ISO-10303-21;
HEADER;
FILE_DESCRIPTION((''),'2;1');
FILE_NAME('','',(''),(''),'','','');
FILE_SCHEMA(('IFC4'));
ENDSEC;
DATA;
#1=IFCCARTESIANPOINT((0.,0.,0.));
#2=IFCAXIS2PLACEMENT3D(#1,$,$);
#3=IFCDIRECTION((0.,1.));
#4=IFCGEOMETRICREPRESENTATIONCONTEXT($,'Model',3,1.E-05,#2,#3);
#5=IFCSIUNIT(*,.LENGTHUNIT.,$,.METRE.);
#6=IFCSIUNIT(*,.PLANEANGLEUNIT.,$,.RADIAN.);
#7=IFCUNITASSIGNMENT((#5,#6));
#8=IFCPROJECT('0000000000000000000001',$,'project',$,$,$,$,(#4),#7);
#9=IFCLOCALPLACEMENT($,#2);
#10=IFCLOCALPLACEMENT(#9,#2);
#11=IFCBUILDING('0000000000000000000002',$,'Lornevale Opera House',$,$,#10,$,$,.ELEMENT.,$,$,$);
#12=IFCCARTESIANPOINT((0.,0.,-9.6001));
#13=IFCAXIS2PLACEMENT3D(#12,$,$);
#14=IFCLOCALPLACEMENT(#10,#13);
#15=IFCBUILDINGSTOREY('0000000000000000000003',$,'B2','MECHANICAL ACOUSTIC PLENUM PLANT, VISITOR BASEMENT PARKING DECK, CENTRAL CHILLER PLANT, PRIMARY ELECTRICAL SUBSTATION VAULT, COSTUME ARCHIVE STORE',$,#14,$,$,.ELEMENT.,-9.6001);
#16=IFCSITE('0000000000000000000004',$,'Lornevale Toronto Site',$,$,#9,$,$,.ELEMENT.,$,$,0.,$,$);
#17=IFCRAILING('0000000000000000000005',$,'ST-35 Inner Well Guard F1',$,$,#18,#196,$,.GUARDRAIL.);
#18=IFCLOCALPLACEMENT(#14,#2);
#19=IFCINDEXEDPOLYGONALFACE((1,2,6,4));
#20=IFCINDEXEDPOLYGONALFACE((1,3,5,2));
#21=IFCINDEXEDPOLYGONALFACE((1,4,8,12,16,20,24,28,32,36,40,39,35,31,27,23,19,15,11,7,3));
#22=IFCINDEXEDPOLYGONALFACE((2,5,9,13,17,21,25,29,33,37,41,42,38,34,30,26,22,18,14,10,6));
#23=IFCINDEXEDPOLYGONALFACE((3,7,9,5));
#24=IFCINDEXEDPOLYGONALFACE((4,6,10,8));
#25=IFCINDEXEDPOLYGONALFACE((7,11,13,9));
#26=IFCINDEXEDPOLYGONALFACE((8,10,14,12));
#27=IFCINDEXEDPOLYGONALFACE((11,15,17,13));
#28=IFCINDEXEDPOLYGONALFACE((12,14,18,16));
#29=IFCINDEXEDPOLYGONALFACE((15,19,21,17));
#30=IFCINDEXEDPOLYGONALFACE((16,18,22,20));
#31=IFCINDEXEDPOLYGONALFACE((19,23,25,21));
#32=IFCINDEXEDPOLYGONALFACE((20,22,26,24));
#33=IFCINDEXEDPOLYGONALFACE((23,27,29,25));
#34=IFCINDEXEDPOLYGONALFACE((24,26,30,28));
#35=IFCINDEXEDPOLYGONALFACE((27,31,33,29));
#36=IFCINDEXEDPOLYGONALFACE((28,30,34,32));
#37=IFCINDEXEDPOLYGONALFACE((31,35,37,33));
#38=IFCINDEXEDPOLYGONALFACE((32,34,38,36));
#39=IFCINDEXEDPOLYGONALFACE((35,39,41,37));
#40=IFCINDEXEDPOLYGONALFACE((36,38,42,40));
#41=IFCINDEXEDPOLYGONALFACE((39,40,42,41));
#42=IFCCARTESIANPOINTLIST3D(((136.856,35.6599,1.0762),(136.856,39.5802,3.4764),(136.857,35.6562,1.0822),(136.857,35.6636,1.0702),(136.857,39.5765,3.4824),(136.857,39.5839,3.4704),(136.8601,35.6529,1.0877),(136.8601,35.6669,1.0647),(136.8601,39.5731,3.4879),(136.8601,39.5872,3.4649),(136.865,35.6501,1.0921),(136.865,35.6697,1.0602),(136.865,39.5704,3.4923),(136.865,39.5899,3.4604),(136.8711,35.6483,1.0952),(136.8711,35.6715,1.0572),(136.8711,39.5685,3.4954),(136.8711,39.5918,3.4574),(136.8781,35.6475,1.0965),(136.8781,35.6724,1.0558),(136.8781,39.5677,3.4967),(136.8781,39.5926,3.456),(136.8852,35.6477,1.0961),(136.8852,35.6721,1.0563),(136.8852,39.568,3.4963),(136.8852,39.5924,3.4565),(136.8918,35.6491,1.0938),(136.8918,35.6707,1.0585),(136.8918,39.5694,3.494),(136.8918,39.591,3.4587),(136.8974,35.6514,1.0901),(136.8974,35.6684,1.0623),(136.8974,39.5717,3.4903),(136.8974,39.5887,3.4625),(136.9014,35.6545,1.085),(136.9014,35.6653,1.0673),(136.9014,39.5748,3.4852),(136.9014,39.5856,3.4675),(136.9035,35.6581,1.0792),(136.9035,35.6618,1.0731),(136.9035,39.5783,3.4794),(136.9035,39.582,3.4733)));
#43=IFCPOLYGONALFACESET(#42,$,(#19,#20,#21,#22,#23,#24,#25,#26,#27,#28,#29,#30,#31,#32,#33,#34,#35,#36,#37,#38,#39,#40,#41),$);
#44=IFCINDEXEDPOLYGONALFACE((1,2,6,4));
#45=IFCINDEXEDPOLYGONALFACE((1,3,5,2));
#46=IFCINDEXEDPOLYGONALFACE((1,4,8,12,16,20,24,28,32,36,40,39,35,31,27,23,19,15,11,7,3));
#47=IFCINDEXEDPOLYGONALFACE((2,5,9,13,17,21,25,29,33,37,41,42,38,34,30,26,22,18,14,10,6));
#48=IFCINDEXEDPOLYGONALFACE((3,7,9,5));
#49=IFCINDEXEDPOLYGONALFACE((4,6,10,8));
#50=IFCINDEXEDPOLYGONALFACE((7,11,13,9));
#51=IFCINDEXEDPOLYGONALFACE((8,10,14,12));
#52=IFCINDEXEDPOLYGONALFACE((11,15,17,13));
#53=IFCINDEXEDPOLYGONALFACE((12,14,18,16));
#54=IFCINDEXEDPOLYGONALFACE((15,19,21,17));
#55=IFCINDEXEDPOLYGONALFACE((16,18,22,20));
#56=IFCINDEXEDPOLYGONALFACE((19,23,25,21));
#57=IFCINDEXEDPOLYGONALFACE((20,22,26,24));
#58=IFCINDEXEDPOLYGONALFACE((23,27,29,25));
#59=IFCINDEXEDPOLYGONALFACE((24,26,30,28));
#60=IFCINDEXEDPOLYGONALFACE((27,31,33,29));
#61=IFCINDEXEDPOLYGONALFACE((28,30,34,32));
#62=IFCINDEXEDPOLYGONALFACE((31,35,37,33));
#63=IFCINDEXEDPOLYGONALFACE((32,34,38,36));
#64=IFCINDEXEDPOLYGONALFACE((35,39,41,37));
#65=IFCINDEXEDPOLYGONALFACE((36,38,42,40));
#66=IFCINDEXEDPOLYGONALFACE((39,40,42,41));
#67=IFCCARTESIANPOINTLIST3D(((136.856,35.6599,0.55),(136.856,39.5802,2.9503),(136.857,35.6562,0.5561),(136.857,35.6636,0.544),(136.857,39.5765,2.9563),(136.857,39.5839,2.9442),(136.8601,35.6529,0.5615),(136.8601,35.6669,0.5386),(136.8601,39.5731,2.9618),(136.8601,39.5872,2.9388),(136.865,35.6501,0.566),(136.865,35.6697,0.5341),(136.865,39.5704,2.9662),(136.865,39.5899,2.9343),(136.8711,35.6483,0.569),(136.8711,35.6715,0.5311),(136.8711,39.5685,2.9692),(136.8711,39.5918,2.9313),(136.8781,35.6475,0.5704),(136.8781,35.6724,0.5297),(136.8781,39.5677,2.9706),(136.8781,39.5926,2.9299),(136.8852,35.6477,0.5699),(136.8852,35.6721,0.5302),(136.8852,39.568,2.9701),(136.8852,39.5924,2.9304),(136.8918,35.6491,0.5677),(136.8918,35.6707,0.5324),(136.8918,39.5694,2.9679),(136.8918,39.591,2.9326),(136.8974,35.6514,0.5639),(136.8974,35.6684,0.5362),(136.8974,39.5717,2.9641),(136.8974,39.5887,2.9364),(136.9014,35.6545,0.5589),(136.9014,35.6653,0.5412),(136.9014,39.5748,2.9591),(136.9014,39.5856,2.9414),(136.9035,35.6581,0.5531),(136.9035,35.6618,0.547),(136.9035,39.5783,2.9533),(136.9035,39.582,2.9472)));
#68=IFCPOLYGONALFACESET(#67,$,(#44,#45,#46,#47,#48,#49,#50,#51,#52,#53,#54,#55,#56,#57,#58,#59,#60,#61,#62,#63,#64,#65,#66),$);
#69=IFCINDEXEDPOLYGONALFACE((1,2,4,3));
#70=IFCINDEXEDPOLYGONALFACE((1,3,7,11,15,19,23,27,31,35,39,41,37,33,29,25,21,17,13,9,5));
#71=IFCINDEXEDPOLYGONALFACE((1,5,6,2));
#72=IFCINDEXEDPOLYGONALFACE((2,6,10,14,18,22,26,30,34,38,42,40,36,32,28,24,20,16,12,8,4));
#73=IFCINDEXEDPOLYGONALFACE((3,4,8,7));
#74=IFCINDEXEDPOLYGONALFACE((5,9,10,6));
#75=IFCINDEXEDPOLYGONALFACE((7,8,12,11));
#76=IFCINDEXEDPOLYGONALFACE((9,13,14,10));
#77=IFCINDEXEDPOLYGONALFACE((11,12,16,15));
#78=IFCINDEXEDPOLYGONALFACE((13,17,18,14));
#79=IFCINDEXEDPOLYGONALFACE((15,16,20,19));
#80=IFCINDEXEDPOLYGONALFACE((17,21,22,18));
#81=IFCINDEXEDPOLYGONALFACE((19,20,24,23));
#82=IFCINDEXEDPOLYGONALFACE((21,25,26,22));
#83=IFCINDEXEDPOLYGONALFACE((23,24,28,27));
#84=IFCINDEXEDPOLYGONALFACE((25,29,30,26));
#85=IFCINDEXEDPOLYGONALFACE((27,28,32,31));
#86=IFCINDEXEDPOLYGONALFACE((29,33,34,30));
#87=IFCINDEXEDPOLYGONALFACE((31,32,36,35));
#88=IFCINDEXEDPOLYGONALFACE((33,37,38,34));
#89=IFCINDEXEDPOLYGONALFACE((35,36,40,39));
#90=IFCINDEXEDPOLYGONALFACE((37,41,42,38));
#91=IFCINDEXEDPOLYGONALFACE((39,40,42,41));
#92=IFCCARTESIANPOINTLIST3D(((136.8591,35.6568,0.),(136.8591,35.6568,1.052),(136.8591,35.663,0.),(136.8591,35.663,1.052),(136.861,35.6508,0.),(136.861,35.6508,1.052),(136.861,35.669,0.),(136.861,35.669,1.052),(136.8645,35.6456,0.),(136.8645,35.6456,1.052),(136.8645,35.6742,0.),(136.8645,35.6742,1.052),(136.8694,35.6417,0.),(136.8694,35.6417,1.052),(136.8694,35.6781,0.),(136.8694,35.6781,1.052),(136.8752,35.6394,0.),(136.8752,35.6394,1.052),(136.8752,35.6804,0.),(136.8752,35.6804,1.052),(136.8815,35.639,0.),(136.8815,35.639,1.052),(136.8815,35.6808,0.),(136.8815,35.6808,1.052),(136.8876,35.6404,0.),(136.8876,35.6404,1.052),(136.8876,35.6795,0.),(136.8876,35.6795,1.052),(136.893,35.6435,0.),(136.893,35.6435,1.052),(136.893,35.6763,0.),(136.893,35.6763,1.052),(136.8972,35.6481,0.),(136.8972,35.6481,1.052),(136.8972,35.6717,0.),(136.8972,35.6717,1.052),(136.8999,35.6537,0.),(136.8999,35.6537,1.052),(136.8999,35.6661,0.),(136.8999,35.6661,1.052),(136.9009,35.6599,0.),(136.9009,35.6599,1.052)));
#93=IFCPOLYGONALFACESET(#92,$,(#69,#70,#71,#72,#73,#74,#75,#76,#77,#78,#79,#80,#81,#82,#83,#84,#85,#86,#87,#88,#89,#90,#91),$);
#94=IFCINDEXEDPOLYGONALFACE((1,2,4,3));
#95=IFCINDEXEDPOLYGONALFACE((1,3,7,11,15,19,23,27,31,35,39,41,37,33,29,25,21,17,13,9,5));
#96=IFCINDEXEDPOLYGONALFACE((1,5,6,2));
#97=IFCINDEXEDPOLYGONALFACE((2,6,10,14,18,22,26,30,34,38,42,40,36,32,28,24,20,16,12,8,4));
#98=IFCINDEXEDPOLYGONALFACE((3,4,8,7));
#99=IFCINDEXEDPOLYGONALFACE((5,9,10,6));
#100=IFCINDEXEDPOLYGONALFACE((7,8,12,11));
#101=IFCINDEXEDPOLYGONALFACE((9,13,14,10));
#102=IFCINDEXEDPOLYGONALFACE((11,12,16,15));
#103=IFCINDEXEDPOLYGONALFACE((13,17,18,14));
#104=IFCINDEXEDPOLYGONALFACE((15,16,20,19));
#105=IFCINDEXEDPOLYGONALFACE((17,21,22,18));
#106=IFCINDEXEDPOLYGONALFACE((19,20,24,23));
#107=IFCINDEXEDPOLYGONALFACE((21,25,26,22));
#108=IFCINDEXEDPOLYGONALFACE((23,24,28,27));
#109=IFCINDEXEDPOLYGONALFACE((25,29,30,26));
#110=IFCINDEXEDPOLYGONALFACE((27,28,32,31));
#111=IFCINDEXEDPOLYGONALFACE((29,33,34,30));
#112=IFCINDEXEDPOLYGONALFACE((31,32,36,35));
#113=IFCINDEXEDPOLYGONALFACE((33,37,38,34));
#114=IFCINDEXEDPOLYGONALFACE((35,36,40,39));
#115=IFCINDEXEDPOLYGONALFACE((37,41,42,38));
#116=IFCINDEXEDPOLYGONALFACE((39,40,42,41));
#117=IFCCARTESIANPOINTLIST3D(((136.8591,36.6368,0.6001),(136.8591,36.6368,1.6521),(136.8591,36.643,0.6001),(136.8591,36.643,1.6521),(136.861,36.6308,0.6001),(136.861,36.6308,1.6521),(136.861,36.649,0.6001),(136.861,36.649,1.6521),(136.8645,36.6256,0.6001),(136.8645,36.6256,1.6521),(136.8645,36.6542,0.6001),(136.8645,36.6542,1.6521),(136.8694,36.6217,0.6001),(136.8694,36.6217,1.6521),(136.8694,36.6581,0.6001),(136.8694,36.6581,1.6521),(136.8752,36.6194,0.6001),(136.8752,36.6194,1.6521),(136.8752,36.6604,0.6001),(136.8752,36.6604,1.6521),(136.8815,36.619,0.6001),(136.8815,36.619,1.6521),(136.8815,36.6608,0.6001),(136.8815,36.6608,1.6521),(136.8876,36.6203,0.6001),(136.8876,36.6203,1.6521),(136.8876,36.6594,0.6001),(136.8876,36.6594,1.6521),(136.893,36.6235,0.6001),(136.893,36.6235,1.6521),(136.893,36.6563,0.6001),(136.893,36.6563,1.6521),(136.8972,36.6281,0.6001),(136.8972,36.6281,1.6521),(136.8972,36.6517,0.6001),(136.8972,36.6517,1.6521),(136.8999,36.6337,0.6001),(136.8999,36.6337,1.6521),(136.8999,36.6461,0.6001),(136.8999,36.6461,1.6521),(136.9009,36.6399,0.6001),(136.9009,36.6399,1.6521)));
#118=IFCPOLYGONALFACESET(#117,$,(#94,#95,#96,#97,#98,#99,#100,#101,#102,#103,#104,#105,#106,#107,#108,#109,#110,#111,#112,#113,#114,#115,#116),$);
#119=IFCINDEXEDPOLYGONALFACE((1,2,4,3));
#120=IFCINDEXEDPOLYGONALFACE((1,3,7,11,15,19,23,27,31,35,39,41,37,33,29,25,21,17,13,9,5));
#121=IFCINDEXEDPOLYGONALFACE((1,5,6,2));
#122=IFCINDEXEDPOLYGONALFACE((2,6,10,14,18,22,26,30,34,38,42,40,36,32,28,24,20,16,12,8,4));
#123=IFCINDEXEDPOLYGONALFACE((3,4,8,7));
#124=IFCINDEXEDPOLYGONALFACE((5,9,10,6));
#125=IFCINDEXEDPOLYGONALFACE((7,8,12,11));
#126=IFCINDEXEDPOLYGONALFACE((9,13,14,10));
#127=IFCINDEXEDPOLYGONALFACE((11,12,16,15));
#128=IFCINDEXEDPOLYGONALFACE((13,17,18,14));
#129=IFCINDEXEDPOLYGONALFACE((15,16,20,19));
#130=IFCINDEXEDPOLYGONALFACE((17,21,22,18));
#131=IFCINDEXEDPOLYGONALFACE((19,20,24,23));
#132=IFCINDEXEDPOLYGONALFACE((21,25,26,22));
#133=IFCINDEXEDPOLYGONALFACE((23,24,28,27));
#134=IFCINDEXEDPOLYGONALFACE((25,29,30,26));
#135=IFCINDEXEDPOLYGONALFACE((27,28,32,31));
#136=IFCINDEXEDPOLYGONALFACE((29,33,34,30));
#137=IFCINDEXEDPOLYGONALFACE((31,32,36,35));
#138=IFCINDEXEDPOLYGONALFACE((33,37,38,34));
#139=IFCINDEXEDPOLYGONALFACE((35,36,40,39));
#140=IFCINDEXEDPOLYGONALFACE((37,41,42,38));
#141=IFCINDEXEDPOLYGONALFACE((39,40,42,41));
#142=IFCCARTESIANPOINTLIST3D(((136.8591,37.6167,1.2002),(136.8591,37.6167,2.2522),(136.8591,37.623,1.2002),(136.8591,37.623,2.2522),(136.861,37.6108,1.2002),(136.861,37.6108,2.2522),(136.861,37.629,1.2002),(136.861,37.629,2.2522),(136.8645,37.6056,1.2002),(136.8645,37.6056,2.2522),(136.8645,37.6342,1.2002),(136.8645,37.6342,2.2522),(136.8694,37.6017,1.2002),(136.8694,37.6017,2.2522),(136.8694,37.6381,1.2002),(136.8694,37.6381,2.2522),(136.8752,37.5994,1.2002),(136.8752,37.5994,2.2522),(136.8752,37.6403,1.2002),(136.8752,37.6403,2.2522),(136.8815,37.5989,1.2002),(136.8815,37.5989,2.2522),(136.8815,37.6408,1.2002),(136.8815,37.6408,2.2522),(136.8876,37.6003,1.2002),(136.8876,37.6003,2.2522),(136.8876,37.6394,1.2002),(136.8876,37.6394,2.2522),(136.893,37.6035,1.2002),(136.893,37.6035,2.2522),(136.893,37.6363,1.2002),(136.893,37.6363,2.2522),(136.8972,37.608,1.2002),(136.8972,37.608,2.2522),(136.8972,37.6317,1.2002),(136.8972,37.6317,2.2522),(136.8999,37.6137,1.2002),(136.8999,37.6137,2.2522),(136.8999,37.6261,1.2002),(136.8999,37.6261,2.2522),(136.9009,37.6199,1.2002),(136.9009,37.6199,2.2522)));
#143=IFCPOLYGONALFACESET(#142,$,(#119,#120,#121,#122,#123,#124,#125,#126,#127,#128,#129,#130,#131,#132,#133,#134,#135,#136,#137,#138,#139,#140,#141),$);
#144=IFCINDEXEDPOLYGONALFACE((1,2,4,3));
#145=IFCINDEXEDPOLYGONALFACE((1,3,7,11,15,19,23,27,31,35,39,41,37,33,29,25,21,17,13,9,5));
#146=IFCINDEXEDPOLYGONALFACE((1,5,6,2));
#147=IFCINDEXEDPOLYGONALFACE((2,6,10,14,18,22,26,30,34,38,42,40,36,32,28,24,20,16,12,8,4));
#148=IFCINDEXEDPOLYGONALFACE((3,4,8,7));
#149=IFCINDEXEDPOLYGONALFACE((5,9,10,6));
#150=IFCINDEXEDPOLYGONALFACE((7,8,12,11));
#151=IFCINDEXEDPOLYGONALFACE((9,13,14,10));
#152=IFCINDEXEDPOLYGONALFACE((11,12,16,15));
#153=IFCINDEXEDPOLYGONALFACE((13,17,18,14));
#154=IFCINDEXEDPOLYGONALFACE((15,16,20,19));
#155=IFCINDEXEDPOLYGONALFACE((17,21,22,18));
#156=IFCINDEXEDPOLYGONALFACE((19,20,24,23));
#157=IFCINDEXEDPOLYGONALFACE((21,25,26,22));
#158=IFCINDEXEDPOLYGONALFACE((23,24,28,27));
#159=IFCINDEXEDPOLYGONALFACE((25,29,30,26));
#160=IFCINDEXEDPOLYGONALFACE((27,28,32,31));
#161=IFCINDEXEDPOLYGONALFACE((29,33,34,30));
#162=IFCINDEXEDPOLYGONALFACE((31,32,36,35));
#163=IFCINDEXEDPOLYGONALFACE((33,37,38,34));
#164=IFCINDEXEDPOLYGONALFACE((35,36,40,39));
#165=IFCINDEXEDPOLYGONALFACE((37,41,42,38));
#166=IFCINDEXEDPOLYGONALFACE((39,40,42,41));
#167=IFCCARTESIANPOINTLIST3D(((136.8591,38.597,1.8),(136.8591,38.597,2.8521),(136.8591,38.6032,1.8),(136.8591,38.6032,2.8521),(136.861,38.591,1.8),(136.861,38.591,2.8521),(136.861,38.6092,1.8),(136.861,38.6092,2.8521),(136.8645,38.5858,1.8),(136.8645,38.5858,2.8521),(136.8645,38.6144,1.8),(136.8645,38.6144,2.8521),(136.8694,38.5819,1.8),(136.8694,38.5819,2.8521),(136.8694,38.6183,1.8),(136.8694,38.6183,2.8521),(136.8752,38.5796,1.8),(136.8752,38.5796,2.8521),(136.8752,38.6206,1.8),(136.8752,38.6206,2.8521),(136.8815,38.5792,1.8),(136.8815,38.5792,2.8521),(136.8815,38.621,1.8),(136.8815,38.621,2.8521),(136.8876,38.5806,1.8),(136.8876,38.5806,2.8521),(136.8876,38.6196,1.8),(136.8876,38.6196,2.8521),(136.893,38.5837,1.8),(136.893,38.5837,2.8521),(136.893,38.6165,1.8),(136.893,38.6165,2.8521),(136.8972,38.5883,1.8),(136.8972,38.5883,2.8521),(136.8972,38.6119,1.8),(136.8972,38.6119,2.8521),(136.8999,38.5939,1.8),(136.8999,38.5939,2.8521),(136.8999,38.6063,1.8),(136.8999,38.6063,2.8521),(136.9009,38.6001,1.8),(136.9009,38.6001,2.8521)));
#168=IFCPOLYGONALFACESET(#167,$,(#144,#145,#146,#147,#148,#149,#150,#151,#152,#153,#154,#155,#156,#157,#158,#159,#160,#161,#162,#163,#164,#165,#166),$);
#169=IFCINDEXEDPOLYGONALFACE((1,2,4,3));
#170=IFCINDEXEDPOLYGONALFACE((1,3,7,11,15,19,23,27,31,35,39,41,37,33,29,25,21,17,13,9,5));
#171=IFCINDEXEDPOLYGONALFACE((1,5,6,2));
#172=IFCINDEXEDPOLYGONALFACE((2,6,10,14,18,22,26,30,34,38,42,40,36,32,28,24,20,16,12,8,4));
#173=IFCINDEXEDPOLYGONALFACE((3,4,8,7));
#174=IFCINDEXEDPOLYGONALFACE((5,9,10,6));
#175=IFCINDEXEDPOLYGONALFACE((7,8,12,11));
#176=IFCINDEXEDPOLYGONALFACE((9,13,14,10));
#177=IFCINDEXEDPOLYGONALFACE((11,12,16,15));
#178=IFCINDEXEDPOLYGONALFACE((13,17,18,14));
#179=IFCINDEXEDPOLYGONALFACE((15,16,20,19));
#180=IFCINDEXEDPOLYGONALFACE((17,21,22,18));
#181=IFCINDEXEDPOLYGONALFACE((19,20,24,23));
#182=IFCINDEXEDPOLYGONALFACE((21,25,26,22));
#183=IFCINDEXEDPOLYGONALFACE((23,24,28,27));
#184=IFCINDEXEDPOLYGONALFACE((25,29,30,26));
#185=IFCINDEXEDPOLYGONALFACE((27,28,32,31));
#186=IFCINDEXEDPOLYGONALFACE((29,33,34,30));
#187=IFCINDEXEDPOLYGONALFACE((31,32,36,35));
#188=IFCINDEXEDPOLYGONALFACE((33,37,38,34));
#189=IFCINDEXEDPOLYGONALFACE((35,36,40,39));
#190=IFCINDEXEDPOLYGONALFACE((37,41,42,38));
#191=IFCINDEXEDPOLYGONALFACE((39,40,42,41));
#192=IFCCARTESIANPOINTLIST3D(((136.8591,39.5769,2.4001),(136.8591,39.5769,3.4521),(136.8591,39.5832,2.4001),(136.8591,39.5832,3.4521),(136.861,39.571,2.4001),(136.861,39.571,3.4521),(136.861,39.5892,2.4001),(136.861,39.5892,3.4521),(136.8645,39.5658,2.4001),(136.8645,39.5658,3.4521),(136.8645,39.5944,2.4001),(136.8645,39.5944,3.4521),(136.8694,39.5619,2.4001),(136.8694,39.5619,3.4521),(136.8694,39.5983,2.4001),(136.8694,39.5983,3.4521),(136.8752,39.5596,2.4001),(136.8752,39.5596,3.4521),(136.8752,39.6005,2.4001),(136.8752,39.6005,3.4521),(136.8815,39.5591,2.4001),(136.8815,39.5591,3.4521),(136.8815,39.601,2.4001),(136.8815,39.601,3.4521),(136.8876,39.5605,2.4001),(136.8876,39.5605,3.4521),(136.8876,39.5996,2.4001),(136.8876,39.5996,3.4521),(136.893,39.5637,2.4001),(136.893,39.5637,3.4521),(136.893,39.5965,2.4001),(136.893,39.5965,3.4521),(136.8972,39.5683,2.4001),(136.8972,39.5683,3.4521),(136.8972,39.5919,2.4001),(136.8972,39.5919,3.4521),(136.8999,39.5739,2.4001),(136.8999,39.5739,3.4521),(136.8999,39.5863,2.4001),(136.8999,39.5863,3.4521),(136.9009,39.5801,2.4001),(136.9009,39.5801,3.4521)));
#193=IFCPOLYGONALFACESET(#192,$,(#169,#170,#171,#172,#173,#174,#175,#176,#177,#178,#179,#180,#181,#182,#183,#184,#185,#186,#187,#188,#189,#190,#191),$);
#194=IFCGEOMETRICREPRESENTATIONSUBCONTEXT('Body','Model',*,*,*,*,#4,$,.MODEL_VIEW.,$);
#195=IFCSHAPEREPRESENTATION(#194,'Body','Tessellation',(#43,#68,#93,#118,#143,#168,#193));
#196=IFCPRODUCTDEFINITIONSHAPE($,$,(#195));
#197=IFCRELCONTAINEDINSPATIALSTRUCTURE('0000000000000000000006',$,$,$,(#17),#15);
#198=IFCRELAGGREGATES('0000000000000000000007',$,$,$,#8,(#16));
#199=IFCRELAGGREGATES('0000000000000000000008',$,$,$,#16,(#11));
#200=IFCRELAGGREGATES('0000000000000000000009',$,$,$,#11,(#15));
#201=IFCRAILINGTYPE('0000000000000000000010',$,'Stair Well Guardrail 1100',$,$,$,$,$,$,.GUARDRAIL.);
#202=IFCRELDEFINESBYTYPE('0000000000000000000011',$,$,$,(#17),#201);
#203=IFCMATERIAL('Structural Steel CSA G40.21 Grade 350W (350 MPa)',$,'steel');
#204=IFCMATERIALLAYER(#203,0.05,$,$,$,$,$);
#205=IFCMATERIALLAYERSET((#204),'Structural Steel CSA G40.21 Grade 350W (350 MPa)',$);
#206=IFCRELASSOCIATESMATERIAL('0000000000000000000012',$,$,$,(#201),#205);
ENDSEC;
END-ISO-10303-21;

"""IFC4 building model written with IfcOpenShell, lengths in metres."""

from ifc_helpers import new_model, si_unit, direction, frame, origin, origin_2d, place, context, subcontext, project, spatial, circle, extrude, material, layer, layer_set, type_object, element, save


model = new_model("IFC4")

# Units and contexts
model_context = context("Model", 3, precision=1e-05, world=origin(), true_north=direction((0.0, 1.0)))
body_context = subcontext(model_context, "Body", "Model", "MODEL_VIEW")
ifc_project = project(units=[si_unit("LENGTHUNIT", "METRE"), si_unit("PLANEANGLEUNIT", "RADIAN")], contexts=[model_context])

# Site, building, storey
site_placement = place(None, origin())
site = spatial("IfcSite", under=ifc_project, at=site_placement, Name="Lornevale Toronto Site", CompositionType="ELEMENT", RefElevation=0.0)
building_placement = place(site_placement, origin())
building = spatial("IfcBuilding", under=site, at=building_placement, Name="Lornevale Opera House", CompositionType="ELEMENT")
storey_placement = place(building_placement, frame((0.0, 0.0, -9.6001)))
storey = spatial("IfcBuildingStorey", under=building, at=storey_placement, Name="B2", Description="MECHANICAL ACOUSTIC PLENUM PLANT, VISITOR BASEMENT PARKING DECK, CENTRAL CHILLER PLANT, PRIMARY ELECTRICAL SUBSTATION VAULT, COSTUME ARCHIVE STORE", CompositionType="ELEMENT", Elevation=-9.6001)

# Railing
ifc_material_1 = material(Name="Structural Steel CSA G40.21 Grade 350W (350 MPa)", Category="steel")
ifc_layer_1 = layer(ifc_material_1, 0.05)
ifc_layer_set_1 = layer_set([ifc_layer_1], Name="Structural Steel CSA G40.21 Grade 350W (350 MPa)")
railing_type_1 = type_object("IfcRailingType", Name="Stair Well Guardrail 1100", PredefinedType="GUARDRAIL", material=ifc_layer_set_1)
railing_1_placement = place(storey_placement, frame((136.8799, 35.6599, 0.0)))
element("IfcRailing", 1, at=railing_1_placement, inside=storey, type_object=railing_type_1, Name="ST-35 Inner Well Guard F1", PredefinedType="GUARDRAIL", context=body_context, shape_type="SweptSolid", body=[
    extrude(circle(Radius=0.0239, at=origin_2d()), frame((0.0, 0.0, 1.0762), z_axis=(0.0, 0.852847, 0.522161), x_axis=(-1.0, 0.0, 0.0)), (0.0, 0.0, 1.0), 4.5967),
    extrude(circle(Radius=0.0239, at=origin_2d()), frame((0.0, 0.0, 0.55), z_axis=(0.0, 0.852847, 0.522161), x_axis=(-1.0, 0.0, 0.0)), (0.0, 0.0, 1.0), 4.5967),
    extrude(circle(Radius=0.021, at=origin_2d()), origin(), (0.0, 0.0, 1.0), 1.052),
    extrude(circle(Radius=0.021, at=origin_2d()), frame((0.0, 0.98, 0.6001)), (0.0, 0.0, 1.0), 1.052),
    extrude(circle(Radius=0.021, at=origin_2d()), frame((0.0, 1.96, 1.2002)), (0.0, 0.0, 1.0), 1.052),
    extrude(circle(Radius=0.021, at=origin_2d()), frame((0.0, 2.9402, 1.8)), (0.0, 0.0, 1.0), 1.052),
    extrude(circle(Radius=0.021, at=origin_2d()), frame((0.0, 3.9202, 2.4001)), (0.0, 0.0, 1.0), 1.052),
])

save(model, "model.ifc")
